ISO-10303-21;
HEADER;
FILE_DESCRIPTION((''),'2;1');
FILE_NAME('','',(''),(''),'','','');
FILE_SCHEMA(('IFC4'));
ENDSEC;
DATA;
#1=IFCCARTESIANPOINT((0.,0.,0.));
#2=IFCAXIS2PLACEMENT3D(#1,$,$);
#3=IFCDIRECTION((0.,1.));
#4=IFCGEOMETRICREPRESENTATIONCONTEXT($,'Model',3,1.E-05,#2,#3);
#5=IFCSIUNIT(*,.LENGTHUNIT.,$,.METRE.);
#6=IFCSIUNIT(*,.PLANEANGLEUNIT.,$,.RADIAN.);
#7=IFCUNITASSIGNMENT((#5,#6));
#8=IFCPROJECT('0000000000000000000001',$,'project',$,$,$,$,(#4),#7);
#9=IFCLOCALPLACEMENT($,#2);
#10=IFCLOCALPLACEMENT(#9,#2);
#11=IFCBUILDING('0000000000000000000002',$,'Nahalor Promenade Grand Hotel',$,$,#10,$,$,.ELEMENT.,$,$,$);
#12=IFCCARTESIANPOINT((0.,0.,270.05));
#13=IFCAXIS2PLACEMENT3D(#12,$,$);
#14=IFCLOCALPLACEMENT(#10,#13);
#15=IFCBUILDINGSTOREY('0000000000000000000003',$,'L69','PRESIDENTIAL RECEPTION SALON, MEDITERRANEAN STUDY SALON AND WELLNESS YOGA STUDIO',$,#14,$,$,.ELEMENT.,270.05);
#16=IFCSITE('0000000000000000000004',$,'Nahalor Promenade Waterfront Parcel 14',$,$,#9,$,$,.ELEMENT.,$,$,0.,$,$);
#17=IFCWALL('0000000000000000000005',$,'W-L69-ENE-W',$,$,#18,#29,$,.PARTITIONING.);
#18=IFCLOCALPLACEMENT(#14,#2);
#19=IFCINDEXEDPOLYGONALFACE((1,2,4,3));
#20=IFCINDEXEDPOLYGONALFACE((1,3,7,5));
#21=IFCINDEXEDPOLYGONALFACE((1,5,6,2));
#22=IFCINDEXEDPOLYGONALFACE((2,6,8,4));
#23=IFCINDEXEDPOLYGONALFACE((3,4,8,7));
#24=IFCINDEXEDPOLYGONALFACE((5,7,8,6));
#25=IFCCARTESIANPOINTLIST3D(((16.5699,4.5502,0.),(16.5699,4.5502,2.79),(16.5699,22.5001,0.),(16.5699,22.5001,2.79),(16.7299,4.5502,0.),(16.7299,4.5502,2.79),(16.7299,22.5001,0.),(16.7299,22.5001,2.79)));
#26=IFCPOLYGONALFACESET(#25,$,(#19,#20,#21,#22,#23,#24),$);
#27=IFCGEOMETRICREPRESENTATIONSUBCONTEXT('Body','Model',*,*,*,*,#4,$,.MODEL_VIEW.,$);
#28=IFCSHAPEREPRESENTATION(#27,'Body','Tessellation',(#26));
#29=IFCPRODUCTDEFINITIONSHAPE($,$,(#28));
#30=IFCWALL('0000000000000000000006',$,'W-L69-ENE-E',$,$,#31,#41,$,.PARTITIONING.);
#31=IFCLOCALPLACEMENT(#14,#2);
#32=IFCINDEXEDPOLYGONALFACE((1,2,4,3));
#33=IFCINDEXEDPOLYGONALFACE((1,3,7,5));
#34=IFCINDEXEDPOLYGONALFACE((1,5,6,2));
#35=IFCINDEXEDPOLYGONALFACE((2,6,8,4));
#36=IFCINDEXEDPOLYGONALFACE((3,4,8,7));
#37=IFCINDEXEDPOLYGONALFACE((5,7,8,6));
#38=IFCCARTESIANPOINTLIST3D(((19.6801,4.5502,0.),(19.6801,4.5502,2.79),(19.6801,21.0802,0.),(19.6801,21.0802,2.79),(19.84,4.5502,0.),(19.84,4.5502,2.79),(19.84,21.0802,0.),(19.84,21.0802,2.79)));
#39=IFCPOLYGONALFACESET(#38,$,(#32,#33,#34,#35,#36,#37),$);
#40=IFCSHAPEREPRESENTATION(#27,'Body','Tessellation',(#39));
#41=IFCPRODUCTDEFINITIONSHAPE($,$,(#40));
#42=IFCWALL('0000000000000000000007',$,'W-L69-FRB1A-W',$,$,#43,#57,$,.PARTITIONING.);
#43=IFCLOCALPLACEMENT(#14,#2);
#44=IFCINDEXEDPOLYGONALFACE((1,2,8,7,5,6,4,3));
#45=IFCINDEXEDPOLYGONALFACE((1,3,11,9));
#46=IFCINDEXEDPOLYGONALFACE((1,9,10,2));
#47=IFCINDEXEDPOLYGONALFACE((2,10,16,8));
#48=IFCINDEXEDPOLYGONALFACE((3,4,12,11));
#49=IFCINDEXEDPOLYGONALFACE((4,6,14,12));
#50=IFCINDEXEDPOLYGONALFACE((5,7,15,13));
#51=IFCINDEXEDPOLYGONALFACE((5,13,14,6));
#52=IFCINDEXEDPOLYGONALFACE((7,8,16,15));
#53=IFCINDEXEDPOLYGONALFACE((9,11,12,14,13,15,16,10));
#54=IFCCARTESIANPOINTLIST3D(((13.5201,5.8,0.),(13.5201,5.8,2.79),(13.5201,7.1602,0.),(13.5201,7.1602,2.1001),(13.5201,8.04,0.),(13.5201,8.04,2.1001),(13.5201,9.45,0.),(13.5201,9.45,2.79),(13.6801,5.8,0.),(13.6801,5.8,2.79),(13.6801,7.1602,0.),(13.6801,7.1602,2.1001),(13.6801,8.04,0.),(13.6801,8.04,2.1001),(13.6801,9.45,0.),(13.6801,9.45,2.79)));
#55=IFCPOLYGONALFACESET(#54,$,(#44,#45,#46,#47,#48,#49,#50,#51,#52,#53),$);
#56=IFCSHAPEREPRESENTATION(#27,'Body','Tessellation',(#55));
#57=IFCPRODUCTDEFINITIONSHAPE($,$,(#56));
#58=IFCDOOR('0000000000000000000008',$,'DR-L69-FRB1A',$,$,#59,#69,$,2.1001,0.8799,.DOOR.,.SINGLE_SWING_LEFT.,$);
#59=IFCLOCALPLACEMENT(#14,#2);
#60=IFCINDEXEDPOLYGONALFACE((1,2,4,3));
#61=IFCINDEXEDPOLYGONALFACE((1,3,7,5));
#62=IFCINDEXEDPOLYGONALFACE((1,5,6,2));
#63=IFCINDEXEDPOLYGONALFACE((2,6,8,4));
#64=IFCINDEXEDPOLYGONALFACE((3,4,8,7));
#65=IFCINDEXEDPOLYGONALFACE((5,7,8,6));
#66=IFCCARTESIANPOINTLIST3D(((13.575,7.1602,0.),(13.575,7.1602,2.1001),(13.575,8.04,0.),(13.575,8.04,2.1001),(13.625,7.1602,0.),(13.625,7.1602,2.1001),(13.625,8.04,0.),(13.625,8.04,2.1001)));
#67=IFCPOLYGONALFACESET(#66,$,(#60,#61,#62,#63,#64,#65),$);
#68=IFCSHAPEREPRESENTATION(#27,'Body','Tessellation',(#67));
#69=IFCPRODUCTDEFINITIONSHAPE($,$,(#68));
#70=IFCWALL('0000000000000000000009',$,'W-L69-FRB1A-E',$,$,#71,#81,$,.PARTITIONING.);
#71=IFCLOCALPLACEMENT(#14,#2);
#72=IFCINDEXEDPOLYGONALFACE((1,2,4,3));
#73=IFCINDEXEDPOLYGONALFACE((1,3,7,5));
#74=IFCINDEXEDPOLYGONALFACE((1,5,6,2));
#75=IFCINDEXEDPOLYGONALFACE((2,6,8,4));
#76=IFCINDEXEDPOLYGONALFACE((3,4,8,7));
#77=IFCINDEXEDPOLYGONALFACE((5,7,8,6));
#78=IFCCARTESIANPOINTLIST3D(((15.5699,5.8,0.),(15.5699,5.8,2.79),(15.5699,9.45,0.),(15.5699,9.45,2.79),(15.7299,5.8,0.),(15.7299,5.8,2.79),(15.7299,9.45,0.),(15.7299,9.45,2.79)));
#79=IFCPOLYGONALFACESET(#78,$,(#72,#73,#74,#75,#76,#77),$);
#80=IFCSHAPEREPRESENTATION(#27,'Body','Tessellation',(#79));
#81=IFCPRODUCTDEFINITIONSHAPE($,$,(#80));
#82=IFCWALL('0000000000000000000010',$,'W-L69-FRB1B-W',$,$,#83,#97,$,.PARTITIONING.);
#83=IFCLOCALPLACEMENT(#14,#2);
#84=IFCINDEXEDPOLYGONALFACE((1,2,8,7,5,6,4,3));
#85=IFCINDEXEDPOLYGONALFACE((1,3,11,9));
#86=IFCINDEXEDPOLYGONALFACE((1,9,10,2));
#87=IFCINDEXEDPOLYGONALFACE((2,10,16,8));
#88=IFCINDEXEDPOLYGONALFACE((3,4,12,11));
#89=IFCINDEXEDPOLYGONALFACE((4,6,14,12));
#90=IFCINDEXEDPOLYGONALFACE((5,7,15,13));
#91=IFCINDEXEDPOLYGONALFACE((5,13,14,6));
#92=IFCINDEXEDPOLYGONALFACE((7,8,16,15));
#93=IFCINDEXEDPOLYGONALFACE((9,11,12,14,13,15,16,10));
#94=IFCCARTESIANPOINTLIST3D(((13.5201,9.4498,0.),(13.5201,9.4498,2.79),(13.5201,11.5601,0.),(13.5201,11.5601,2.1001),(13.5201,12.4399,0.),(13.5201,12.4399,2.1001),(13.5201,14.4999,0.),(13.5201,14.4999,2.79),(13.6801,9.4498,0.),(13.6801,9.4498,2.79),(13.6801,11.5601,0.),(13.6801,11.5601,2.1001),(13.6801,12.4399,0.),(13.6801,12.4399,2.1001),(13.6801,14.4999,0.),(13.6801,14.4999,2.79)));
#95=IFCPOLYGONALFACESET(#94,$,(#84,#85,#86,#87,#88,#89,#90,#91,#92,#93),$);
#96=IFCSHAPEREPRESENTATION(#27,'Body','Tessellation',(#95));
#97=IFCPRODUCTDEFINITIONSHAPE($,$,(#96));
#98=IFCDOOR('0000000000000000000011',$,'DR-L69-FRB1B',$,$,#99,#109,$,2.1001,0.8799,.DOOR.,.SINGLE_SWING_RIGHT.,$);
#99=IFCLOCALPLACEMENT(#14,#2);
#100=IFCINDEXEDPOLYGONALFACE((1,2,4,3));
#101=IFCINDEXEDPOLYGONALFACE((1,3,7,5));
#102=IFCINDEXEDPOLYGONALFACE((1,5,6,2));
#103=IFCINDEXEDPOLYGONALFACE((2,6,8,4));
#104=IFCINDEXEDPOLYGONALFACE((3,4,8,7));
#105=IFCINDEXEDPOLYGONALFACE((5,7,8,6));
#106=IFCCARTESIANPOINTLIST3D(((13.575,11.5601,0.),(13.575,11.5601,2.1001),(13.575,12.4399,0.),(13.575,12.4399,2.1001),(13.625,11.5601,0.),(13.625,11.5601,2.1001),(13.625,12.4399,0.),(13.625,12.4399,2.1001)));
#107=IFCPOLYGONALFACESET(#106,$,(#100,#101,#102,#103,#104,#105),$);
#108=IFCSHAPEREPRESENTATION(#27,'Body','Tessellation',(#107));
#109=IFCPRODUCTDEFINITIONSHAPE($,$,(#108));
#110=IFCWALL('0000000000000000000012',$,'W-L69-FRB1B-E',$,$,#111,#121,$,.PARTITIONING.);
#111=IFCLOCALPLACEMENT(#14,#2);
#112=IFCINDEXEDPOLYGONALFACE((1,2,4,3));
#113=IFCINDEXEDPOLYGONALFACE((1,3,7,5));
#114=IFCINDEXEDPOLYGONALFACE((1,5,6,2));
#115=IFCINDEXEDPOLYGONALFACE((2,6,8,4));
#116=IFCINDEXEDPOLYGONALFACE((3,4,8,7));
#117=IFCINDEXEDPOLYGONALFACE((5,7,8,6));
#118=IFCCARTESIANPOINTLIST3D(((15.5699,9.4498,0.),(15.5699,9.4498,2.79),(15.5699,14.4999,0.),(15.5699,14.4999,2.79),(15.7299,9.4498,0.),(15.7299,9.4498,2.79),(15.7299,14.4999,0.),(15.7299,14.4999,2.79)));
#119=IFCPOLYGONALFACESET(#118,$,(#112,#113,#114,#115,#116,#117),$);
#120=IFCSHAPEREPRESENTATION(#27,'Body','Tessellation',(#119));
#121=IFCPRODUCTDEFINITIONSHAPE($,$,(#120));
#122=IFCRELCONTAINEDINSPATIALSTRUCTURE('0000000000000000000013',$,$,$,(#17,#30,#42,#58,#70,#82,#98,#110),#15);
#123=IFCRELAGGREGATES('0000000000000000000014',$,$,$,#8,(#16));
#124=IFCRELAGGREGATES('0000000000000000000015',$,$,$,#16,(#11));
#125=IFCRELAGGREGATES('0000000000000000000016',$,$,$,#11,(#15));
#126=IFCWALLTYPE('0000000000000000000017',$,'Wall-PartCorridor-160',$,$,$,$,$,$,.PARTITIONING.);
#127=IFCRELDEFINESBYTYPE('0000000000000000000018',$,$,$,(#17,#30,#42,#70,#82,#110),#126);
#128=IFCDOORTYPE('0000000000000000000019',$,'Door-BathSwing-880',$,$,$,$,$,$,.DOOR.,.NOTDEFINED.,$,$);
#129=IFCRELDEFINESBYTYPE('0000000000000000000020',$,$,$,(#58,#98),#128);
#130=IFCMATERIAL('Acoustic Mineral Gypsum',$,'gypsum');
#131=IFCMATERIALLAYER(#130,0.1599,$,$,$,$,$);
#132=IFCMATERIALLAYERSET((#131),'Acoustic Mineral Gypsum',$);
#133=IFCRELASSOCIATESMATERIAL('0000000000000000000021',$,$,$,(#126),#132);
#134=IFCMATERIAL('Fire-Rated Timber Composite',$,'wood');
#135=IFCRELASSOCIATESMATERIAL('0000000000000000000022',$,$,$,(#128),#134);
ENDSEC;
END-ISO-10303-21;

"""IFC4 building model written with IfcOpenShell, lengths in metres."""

from ifc_helpers import new_model, si_unit, direction, frame, frame_2d, origin, place, context, subcontext, project, spatial, rectangle, extrude, source, transform, mapped, material, layer, layer_set, type_object, element, fill, save


model = new_model("IFC4")

# Units and contexts
model_context = context("Model", 3, precision=1e-05, world=origin(), true_north=direction((0.0, 1.0)))
body_context = subcontext(model_context, "Body", "Model", "MODEL_VIEW")
ifc_project = project(units=[si_unit("LENGTHUNIT", "METRE"), si_unit("PLANEANGLEUNIT", "RADIAN")], contexts=[model_context])

# Site, building, storey
site_placement = place(None, origin())
site = spatial("IfcSite", under=ifc_project, at=site_placement, Name="Nahalor Promenade Waterfront Parcel 14", CompositionType="ELEMENT", RefElevation=0.0)
building_placement = place(site_placement, origin())
building = spatial("IfcBuilding", under=site, at=building_placement, Name="Nahalor Promenade Grand Hotel", CompositionType="ELEMENT")
storey_placement = place(building_placement, frame((0.0, 0.0, 270.05)))
storey = spatial("IfcBuildingStorey", under=building, at=storey_placement, Name="L69", Description="PRESIDENTIAL RECEPTION SALON, MEDITERRANEAN STUDY SALON AND WELLNESS YOGA STUDIO", CompositionType="ELEMENT", Elevation=270.05)

# Shared definitions
ifc_material_1 = material(Name="Acoustic Mineral Gypsum", Category="gypsum")
ifc_layer_1 = layer(ifc_material_1, 0.1599)
ifc_layer_set_1 = layer_set([ifc_layer_1], Name="Acoustic Mineral Gypsum")
wall_type_1 = type_object("IfcWallType", Name="Wall-PartCorridor-160", PredefinedType="PARTITIONING", material=ifc_layer_set_1)

# Walls
shared_shape_1 = source(origin(), body_context, "Body", "SweptSolid", [
    extrude(rectangle(XDim=17.95, YDim=0.1599, at=frame_2d((8.9751, 0.0))), origin(), (0.0, 0.0, 1.0), 2.79),
])
wall_1_placement = place(storey_placement, frame((16.6499, 4.55, 0.0), z_axis=(0.0, 0.0, 1.0), x_axis=(0.0, 1.0, 0.0)))
element("IfcWall", 1, at=wall_1_placement, inside=storey, type_object=wall_type_1, Name="W-L69-ENE-W", PredefinedType="PARTITIONING", context=body_context, shape_type="MappedRepresentation", body=[
    mapped(shared_shape_1, transform((0.0, 0.0, 0.0), scale=1.0)),
])
shared_shape_2 = source(origin(), body_context, "Body", "SweptSolid", [
    extrude(rectangle(XDim=16.53, YDim=0.1599, at=frame_2d((8.2651, 0.0))), origin(), (0.0, 0.0, 1.0), 2.79),
])
wall_2_placement = place(storey_placement, frame((19.76, 4.55, 0.0), z_axis=(0.0, 0.0, 1.0), x_axis=(0.0, 1.0, 0.0)))
element("IfcWall", 2, at=wall_2_placement, inside=storey, type_object=wall_type_1, Name="W-L69-ENE-E", PredefinedType="PARTITIONING", context=body_context, shape_type="MappedRepresentation", body=[
    mapped(shared_shape_2, transform((0.0, 0.0, 0.0), scale=1.0)),
])

# Wall, opening, door
shared_shape_3 = source(origin(), body_context, "Body", "SweptSolid", [
    extrude(rectangle(XDim=3.6499, YDim=0.1599, at=frame_2d((1.825, 0.0))), origin(), (0.0, 0.0, 1.0), 2.79),
])
wall_3_placement = place(storey_placement, frame((13.6001, 5.8, 0.0), z_axis=(0.0, 0.0, 1.0), x_axis=(0.0, 1.0, 0.0)))
wall_3 = element("IfcWall", 3, at=wall_3_placement, inside=storey, type_object=wall_type_1, Name="W-L69-FRB1A-W", PredefinedType="PARTITIONING", context=body_context, shape_type="MappedRepresentation", body=[
    mapped(shared_shape_3, transform((0.0, 0.0, 0.0), scale=1.0)),
])
opening_1_placement = place(wall_3_placement, frame((1.3601, 0.0, 0.0)))
opening_1 = element("IfcOpeningElement", 4, at=opening_1_placement, cuts=wall_3, PredefinedType="OPENING", context=body_context, shape_type="SweptSolid", body=[
    extrude(rectangle(XDim=0.8799, YDim=2.1001, at=frame_2d((0.4399, 1.05))), frame((0.0, 0.0898, 0.0), z_axis=(0.0, -1.0, 0.0), x_axis=(1.0, 0.0, 0.0)), (0.0, 0.0, 1.0), 0.1799),
])
ifc_material_2 = material(Name="Fire-Rated Timber Composite", Category="wood")
door_type_1 = type_object("IfcDoorType", Name="Door-BathSwing-880", OperationType="NOTDEFINED", PredefinedType="DOOR", material=ifc_material_2)
shared_shape_4 = source(origin(), body_context, "Body", "SweptSolid", [
    extrude(rectangle(XDim=0.8799, YDim=2.1001, at=frame_2d((0.4399, 1.05))), frame((0.0, 0.0249, 0.0), z_axis=(0.0, -1.0, 0.0), x_axis=(1.0, 0.0, 0.0)), (0.0, 0.0, 1.0), 0.05),
])
door_1_placement = place(opening_1_placement, frame((0.8799, 0.0, 0.0), z_axis=(0.0, 0.0, 1.0), x_axis=(-1.0, 0.0, 0.0)))
door_1 = element("IfcDoor", 5, at=door_1_placement, inside=storey, type_object=door_type_1, Name="DR-L69-FRB1A", OperationType="SINGLE_SWING_LEFT", OverallHeight=2.1001, OverallWidth=0.8799, PredefinedType="DOOR", context=body_context, shape_type="MappedRepresentation", body=[
    mapped(shared_shape_4, transform((0.0, 0.0, 0.0), scale=1.0)),
])
fill(opening_1, door_1)

# Wall
wall_4_placement = place(storey_placement, frame((15.6499, 5.8, 0.0), z_axis=(0.0, 0.0, 1.0), x_axis=(0.0, 1.0, 0.0)))
element("IfcWall", 6, at=wall_4_placement, inside=storey, type_object=wall_type_1, Name="W-L69-FRB1A-E", PredefinedType="PARTITIONING", context=body_context, shape_type="MappedRepresentation", body=[
    mapped(shared_shape_3, transform((0.0, 0.0, 0.0), scale=1.0)),
])

# Wall, opening, door
shared_shape_5 = source(origin(), body_context, "Body", "SweptSolid", [
    extrude(rectangle(XDim=5.05, YDim=0.1599, at=frame_2d((2.5249, 0.0))), origin(), (0.0, 0.0, 1.0), 2.79),
])
wall_5_placement = place(storey_placement, frame((13.6001, 9.45, 0.0), z_axis=(0.0, 0.0, 1.0), x_axis=(0.0, 1.0, 0.0)))
wall_5 = element("IfcWall", 7, at=wall_5_placement, inside=storey, type_object=wall_type_1, Name="W-L69-FRB1B-W", PredefinedType="PARTITIONING", context=body_context, shape_type="MappedRepresentation", body=[
    mapped(shared_shape_5, transform((0.0, 0.0, 0.0), scale=1.0)),
])
opening_2_placement = place(wall_5_placement, frame((2.1101, 0.0, 0.0)))
opening_2 = element("IfcOpeningElement", 8, at=opening_2_placement, cuts=wall_5, PredefinedType="OPENING", context=body_context, shape_type="SweptSolid", body=[
    extrude(rectangle(XDim=0.8799, YDim=2.1001, at=frame_2d((0.4399, 1.05))), frame((0.0, 0.0898, 0.0), z_axis=(0.0, -1.0, 0.0), x_axis=(1.0, 0.0, 0.0)), (0.0, 0.0, 1.0), 0.1799),
])
door_2_placement = place(opening_2_placement, frame((0.8799, 0.0, 0.0), z_axis=(0.0, 0.0, 1.0), x_axis=(-1.0, 0.0, 0.0)))
door_2 = element("IfcDoor", 9, at=door_2_placement, inside=storey, type_object=door_type_1, Name="DR-L69-FRB1B", OperationType="SINGLE_SWING_RIGHT", OverallHeight=2.1001, OverallWidth=0.8799, PredefinedType="DOOR", context=body_context, shape_type="MappedRepresentation", body=[
    mapped(shared_shape_4, transform((0.0, 0.0, 0.0), scale=1.0)),
])
fill(opening_2, door_2)

# Wall
wall_6_placement = place(storey_placement, frame((15.6499, 9.45, 0.0), z_axis=(0.0, 0.0, 1.0), x_axis=(0.0, 1.0, 0.0)))
element("IfcWall", 10, at=wall_6_placement, inside=storey, type_object=wall_type_1, Name="W-L69-FRB1B-E", PredefinedType="PARTITIONING", context=body_context, shape_type="MappedRepresentation", body=[
    mapped(shared_shape_5, transform((0.0, 0.0, 0.0), scale=1.0)),
])

save(model, "model.ifc")
